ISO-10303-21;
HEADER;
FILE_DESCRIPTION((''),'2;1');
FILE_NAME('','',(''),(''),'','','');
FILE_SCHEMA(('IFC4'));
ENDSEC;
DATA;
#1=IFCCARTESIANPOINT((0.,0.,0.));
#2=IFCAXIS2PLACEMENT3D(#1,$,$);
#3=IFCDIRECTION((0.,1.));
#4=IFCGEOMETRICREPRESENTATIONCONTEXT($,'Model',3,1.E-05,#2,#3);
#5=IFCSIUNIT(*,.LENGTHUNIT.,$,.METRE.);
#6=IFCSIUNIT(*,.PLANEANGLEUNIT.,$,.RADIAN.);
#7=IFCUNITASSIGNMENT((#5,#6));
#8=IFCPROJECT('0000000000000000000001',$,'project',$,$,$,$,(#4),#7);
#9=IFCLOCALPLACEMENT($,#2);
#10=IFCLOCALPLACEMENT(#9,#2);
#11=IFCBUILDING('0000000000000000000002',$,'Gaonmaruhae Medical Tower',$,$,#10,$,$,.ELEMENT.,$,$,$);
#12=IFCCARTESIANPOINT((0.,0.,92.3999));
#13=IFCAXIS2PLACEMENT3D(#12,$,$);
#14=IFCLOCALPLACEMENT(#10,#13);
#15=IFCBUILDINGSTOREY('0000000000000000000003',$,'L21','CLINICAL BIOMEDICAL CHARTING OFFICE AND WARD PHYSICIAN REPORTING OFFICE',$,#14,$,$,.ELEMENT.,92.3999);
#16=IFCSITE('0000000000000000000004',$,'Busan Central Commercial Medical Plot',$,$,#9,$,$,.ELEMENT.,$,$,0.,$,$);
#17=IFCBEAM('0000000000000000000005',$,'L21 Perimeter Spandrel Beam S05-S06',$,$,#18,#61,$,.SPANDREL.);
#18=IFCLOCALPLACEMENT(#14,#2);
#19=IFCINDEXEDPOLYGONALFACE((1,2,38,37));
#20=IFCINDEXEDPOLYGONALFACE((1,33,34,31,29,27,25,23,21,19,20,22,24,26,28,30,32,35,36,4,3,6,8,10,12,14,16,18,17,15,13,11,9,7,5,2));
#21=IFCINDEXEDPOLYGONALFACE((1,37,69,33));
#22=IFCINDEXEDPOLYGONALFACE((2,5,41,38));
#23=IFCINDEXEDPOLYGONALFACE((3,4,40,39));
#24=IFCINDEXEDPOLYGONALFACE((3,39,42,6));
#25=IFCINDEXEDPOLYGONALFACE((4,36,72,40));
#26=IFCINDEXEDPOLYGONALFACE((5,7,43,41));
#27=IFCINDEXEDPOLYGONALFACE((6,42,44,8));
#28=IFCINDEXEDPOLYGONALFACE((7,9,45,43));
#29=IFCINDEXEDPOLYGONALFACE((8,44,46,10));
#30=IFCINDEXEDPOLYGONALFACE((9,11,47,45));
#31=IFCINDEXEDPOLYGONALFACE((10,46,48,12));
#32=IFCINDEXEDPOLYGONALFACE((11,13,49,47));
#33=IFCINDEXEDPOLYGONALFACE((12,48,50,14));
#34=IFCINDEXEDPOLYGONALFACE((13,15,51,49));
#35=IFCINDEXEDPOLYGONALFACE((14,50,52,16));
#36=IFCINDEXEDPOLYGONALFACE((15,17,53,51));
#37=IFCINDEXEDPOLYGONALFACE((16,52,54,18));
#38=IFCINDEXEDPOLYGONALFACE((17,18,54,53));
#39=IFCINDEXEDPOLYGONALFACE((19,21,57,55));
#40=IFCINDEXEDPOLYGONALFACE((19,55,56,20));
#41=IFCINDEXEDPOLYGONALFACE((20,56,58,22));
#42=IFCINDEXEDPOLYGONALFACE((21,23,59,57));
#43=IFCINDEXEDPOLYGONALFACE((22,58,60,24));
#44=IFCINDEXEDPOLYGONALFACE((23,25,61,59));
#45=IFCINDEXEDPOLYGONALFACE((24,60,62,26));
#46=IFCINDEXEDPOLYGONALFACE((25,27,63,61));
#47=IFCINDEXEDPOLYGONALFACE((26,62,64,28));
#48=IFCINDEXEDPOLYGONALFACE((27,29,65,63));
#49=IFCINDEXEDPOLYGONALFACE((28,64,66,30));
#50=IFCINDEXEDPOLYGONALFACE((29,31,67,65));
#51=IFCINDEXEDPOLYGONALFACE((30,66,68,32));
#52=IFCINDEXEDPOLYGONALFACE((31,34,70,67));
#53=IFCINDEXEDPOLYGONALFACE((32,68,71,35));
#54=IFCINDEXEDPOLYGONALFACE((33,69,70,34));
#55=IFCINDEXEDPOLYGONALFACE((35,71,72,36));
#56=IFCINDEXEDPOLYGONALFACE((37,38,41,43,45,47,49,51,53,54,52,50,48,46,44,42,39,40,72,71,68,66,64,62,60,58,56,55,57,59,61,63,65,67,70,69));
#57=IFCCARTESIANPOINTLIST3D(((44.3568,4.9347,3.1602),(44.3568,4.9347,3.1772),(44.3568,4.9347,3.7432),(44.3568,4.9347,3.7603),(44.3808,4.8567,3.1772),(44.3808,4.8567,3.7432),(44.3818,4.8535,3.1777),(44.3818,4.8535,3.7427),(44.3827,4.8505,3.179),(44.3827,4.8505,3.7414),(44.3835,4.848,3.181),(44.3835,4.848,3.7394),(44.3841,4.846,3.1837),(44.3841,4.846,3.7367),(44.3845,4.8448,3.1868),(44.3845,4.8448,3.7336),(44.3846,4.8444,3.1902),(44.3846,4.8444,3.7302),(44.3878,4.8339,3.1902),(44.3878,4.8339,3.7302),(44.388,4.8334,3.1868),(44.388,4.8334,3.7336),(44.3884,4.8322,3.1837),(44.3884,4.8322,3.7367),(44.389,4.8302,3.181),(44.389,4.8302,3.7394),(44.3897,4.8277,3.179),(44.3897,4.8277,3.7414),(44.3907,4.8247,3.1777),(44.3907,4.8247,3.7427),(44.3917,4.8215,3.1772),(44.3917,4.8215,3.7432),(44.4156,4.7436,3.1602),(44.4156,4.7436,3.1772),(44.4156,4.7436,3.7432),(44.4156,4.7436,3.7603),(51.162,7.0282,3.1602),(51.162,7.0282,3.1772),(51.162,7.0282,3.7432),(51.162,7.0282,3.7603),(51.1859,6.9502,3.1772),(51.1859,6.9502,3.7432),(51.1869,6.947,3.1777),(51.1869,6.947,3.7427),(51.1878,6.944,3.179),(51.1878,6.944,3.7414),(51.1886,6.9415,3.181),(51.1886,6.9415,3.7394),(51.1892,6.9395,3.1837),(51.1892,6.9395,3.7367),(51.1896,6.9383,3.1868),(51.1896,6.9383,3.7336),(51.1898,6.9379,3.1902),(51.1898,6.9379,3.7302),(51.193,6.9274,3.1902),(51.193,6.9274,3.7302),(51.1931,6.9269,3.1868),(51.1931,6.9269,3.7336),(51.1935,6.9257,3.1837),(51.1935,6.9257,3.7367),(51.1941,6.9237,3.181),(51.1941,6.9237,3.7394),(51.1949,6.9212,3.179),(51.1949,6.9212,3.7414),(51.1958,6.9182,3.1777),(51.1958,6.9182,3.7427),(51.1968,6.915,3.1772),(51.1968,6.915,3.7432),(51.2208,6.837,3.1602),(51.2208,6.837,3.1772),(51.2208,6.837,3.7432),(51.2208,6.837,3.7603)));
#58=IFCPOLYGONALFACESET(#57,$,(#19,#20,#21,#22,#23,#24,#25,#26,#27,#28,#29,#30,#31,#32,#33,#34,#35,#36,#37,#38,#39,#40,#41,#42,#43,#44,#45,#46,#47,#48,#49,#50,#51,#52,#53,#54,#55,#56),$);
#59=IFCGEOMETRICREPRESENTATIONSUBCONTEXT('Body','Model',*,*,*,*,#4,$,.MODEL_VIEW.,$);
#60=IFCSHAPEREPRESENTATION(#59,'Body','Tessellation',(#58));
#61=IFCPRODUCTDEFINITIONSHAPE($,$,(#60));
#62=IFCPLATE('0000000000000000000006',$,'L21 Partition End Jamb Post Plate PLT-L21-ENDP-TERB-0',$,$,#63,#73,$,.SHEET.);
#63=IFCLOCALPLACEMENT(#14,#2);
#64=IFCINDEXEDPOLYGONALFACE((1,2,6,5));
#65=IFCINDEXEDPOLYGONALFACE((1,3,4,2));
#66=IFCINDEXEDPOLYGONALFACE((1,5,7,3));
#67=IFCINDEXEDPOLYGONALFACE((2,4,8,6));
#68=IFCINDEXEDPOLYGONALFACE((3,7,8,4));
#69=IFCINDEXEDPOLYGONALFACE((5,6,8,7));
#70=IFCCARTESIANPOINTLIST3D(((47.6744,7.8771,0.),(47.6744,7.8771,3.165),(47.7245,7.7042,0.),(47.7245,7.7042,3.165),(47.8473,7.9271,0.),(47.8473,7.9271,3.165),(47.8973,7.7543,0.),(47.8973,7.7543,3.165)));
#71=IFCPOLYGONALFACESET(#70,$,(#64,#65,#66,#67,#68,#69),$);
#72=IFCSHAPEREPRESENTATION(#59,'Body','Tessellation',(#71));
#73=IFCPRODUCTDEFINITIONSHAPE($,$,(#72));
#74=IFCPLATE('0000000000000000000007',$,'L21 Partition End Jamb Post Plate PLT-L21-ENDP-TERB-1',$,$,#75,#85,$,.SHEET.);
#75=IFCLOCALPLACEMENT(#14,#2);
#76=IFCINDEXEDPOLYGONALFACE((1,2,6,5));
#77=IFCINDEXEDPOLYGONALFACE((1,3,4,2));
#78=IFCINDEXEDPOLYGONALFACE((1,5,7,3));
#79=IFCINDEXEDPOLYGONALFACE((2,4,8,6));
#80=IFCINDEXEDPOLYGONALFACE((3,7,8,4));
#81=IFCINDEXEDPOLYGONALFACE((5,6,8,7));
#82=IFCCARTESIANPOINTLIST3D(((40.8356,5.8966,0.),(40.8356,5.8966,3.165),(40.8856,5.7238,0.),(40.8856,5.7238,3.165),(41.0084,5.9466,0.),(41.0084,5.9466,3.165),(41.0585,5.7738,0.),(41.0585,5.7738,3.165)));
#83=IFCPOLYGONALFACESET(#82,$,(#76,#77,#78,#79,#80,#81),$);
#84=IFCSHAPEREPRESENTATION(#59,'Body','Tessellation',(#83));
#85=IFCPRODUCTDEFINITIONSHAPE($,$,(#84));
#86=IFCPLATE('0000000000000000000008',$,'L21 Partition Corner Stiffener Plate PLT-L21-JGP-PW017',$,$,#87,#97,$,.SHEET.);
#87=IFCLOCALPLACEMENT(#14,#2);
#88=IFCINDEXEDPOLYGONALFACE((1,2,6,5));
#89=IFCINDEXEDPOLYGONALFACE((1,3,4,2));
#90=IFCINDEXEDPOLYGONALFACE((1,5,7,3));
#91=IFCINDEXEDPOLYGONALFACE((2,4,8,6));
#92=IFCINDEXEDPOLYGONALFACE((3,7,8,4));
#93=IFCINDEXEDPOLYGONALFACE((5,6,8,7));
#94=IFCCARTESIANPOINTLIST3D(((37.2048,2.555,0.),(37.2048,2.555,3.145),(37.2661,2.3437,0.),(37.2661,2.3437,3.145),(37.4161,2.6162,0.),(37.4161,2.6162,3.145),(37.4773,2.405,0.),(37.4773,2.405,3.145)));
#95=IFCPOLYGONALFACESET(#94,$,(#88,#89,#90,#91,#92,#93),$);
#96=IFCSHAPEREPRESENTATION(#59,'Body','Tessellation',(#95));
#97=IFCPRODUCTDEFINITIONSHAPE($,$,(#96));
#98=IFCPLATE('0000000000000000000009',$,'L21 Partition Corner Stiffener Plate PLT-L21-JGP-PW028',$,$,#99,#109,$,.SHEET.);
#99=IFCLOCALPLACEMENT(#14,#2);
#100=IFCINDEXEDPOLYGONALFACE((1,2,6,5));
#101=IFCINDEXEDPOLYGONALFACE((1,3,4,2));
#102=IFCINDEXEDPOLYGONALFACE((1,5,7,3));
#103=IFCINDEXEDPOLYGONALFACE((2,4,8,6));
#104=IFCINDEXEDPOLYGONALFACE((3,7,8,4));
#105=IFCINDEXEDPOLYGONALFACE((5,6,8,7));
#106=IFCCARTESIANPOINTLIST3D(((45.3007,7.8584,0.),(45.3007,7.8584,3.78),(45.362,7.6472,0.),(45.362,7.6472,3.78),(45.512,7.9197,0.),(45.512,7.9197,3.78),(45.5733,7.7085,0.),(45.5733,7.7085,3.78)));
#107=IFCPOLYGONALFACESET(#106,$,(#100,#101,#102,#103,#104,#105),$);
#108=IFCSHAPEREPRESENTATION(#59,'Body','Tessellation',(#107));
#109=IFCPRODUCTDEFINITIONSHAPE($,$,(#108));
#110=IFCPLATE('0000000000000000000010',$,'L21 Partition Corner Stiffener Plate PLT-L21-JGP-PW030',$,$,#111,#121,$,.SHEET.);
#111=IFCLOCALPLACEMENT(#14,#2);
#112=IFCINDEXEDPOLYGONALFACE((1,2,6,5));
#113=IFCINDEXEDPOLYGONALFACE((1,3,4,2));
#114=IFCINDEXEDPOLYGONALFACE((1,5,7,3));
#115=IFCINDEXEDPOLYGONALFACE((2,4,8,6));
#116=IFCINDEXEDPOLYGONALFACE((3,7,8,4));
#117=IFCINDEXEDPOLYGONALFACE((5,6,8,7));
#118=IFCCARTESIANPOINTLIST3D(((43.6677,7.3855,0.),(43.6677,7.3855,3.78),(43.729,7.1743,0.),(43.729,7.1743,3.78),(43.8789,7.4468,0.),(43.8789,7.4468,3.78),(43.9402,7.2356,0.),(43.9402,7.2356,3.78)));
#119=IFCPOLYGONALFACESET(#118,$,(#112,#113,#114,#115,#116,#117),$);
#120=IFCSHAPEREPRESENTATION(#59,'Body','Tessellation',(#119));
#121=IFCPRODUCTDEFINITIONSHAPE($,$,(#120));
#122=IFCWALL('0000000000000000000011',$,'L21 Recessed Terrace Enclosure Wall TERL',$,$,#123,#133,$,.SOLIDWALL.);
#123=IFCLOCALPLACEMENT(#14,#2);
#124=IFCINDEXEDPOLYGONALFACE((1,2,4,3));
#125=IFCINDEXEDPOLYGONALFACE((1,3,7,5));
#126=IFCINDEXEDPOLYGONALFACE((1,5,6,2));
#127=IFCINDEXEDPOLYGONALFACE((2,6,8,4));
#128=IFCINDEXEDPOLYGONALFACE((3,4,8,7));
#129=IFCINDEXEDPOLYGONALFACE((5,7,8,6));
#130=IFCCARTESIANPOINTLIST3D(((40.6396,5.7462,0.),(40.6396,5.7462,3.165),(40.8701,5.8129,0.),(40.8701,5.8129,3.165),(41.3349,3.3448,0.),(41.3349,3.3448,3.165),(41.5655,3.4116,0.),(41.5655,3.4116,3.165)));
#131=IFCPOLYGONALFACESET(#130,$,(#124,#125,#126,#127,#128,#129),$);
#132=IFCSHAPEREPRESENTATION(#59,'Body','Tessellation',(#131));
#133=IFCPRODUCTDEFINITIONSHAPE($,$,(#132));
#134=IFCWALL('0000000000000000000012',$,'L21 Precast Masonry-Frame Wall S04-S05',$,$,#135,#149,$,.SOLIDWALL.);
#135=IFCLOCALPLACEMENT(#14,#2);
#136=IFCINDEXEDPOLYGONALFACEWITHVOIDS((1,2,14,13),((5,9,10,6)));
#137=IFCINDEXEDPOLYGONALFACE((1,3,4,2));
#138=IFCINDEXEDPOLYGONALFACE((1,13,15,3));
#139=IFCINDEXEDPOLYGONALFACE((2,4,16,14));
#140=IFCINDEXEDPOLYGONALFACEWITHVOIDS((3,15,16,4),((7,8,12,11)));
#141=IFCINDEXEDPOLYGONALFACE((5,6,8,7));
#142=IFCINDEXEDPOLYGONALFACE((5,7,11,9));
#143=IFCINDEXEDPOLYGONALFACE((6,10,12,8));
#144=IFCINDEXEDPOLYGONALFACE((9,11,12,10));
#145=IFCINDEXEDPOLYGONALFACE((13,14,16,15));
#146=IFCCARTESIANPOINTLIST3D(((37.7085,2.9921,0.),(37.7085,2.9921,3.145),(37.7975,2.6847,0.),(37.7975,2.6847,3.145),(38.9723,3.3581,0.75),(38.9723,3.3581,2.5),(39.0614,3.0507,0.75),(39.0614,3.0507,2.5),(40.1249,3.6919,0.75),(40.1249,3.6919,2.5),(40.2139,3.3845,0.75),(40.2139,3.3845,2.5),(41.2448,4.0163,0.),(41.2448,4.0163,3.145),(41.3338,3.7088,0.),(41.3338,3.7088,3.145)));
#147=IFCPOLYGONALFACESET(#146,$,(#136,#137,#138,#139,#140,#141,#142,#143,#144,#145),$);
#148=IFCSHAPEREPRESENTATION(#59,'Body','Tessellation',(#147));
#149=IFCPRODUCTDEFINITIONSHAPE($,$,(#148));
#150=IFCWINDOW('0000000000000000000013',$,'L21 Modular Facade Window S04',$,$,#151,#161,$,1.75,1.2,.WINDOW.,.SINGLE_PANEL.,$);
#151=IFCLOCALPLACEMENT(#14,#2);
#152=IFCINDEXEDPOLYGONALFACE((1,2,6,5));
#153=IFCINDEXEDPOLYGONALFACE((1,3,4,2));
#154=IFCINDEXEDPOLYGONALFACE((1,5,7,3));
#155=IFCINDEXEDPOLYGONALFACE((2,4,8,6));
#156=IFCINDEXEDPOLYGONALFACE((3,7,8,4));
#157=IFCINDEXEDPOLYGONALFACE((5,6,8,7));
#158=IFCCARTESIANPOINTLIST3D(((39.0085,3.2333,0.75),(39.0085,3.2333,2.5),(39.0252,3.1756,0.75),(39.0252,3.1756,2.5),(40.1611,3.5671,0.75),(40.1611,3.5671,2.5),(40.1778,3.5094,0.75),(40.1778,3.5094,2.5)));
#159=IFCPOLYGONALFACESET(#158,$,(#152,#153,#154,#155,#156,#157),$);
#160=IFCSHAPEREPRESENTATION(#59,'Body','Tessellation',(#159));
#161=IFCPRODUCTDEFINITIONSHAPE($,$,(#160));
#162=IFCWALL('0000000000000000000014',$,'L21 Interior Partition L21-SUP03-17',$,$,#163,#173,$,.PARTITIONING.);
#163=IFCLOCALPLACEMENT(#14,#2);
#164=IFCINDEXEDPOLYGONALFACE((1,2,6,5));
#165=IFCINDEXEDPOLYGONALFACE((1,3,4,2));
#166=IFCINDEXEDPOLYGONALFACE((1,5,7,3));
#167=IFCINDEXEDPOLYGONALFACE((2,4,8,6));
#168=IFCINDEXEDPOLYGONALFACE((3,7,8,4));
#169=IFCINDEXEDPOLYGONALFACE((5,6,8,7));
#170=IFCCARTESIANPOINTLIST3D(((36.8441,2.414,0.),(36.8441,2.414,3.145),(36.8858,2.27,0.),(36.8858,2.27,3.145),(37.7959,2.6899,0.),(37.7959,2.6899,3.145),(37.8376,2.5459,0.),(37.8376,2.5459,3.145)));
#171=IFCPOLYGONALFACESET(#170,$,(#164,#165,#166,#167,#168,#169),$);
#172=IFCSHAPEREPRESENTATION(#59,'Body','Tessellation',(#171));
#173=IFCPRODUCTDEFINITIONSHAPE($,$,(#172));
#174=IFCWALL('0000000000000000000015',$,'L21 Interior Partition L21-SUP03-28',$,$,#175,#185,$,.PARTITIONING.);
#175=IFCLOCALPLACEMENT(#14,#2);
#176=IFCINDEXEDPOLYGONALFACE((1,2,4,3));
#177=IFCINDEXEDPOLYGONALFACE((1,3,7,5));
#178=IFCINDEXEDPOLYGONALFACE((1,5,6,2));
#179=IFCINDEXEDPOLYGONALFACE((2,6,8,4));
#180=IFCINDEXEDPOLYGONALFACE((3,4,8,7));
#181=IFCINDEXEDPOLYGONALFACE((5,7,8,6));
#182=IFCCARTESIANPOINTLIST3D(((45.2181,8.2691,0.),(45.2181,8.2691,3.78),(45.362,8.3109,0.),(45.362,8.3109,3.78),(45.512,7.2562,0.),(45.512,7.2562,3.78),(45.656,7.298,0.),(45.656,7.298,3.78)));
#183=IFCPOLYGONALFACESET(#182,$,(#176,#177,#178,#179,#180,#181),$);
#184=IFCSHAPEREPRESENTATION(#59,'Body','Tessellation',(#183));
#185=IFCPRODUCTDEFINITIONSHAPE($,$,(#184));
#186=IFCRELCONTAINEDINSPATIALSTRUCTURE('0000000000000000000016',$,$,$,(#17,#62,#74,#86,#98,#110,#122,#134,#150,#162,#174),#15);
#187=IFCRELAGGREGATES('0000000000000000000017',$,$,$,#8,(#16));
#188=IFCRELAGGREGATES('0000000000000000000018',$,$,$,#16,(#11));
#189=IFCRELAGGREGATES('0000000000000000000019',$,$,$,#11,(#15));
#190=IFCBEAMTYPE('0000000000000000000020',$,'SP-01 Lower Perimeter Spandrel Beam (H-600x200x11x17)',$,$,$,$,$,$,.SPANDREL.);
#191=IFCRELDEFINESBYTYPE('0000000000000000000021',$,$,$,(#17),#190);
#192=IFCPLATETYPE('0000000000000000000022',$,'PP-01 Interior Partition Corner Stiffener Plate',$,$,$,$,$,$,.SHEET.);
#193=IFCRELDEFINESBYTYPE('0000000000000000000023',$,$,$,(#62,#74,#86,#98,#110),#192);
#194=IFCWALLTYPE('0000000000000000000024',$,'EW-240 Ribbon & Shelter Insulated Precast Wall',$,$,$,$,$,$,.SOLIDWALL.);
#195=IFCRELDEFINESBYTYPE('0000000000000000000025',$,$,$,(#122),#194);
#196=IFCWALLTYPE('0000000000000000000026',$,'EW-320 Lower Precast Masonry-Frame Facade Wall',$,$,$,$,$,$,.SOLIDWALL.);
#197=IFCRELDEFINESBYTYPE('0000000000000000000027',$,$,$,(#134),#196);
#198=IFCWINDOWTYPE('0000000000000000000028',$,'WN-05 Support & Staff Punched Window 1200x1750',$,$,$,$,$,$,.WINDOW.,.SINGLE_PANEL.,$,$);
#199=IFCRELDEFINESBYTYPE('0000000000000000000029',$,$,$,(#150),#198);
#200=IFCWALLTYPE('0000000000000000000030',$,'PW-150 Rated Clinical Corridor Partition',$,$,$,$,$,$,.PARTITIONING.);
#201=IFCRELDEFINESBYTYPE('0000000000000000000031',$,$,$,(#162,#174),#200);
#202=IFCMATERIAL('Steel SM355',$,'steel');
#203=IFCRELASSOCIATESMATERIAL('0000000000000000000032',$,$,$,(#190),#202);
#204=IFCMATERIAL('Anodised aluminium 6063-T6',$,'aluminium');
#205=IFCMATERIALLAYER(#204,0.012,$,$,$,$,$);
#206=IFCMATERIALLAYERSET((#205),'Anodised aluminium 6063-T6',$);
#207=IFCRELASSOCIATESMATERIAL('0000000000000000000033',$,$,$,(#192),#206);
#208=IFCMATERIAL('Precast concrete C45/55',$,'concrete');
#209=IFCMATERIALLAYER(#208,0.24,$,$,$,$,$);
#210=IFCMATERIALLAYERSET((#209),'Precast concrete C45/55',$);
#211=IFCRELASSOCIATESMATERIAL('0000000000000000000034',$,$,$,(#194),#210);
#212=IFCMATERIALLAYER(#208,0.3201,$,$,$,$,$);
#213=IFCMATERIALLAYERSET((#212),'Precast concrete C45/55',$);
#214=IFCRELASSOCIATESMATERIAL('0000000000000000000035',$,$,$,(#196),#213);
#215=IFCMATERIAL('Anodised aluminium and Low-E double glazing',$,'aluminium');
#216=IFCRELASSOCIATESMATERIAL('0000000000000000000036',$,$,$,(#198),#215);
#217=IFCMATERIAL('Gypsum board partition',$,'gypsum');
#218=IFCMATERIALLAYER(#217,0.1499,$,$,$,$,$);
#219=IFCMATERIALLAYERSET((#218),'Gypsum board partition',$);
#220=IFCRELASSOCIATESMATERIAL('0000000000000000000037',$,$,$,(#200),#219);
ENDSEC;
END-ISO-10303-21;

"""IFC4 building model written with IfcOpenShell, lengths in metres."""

from ifc_helpers import new_model, si_unit, direction, frame, frame_2d, origin, origin_2d, place, context, subcontext, project, spatial, rectangle, i_section, extrude, material, layer, layer_set, material_profile, profile_set, type_object, element, fill, save


model = new_model("IFC4")

# Units and contexts
model_context = context("Model", 3, precision=1e-05, world=origin(), true_north=direction((0.0, 1.0)))
body_context = subcontext(model_context, "Body", "Model", "MODEL_VIEW")
ifc_project = project(units=[si_unit("LENGTHUNIT", "METRE"), si_unit("PLANEANGLEUNIT", "RADIAN")], contexts=[model_context])

# Site, building, storey
site_placement = place(None, origin())
site = spatial("IfcSite", under=ifc_project, at=site_placement, Name="Busan Central Commercial Medical Plot", CompositionType="ELEMENT", RefElevation=0.0)
building_placement = place(site_placement, origin())
building = spatial("IfcBuilding", under=site, at=building_placement, Name="Gaonmaruhae Medical Tower", CompositionType="ELEMENT")
storey_placement = place(building_placement, frame((0.0, 0.0, 92.3999)))
storey = spatial("IfcBuildingStorey", under=building, at=storey_placement, Name="L21", Description="CLINICAL BIOMEDICAL CHARTING OFFICE AND WARD PHYSICIAN REPORTING OFFICE", CompositionType="ELEMENT", Elevation=92.3999)

# Beam
ifc_material_1 = material(Name="Steel SM355", Category="steel")
ifc_material_profile_1 = material_profile(ifc_material_1, i_section(OverallWidth=0.2, OverallDepth=0.6001, WebThickness=0.011, FlangeThickness=0.0171, FilletRadius=0.0129, at=origin_2d()), Name="H-600x200x11x17")
ifc_profile_set_1 = profile_set([ifc_material_profile_1], Name="Steel SM355")
beam_type_1 = type_object("IfcBeamType", Name="SP-01 Lower Perimeter Spandrel Beam (H-600x200x11x17)", PredefinedType="SPANDREL", material=ifc_profile_set_1)
for number, where, z_axis, x_axis, name in (
    (1, (44.3862, 4.8391, 3.4602), (0.955795, 0.294035, 0.0), (-0.294035, 0.955795, 0.0), "L21 Perimeter Spandrel Beam S05-S06"),
):
    element("IfcBeam", number, at=place(storey_placement, frame(where, z_axis=z_axis, x_axis=x_axis)), inside=storey, type_object=beam_type_1, Name=name, PredefinedType="SPANDREL", context=body_context, shape_type="SweptSolid", body=[
        extrude(i_section(OverallWidth=0.2, OverallDepth=0.6001, WebThickness=0.011, FlangeThickness=0.0171, FilletRadius=0.0129, at=origin_2d()), origin(), (0.0, 0.0, 1.0), 7.1199),
    ])

# Plates
ifc_material_2 = material(Name="Anodised aluminium 6063-T6", Category="aluminium")
ifc_layer_1 = layer(ifc_material_2, 0.012)
ifc_layer_set_1 = layer_set([ifc_layer_1], Name="Anodised aluminium 6063-T6")
plate_type = type_object("IfcPlateType", Name="PP-01 Interior Partition Corner Stiffener Plate", PredefinedType="SHEET", material=ifc_layer_set_1)
for number, where, z_axis, x_axis, name in (
    (2, (47.7859, 7.8157, 0.0), (0.0, 0.0, 1.0), (-0.960532, -0.27817, 0.0), "L21 Partition End Jamb Post Plate PLT-L21-ENDP-TERB-0"),
    (3, (40.947, 5.8352, 0.0), (0.0, 0.0, 1.0), (-0.960532, -0.27817, 0.0), "L21 Partition End Jamb Post Plate PLT-L21-ENDP-TERB-1"),
):
    element("IfcPlate", number, at=place(storey_placement, frame(where, z_axis=z_axis, x_axis=x_axis)), inside=storey, type_object=plate_type, Name=name, PredefinedType="SHEET", context=body_context, shape_type="SweptSolid", body=[
        extrude(rectangle(XDim=0.1799, YDim=0.1799, at=origin_2d()), origin(), (0.0, 0.0, 1.0), 3.165),
    ])
plate_placement = place(storey_placement, frame((37.3411, 2.48, 0.0), z_axis=(0.0, 0.0, 1.0), x_axis=(-0.960449, -0.278455, 0.0)))
element("IfcPlate", 4, at=plate_placement, inside=storey, type_object=plate_type, Name="L21 Partition Corner Stiffener Plate PLT-L21-JGP-PW017", PredefinedType="SHEET", context=body_context, shape_type="SweptSolid", body=[
    extrude(rectangle(XDim=0.22, YDim=0.22, at=origin_2d()), origin(), (0.0, 0.0, 1.0), 3.145),
])
for number, where, z_axis, x_axis, name in (
    (5, (45.437, 7.7834, 0.0), (0.0, 0.0, 1.0), (-0.278723, 0.960372, 0.0), "L21 Partition Corner Stiffener Plate PLT-L21-JGP-PW028"),
    (6, (43.804, 7.3105, 0.0), (0.0, 0.0, 1.0), (0.278723, -0.960372, 0.0), "L21 Partition Corner Stiffener Plate PLT-L21-JGP-PW030"),
):
    element("IfcPlate", number, at=place(storey_placement, frame(where, z_axis=z_axis, x_axis=x_axis)), inside=storey, type_object=plate_type, Name=name, PredefinedType="SHEET", context=body_context, shape_type="SweptSolid", body=[
        extrude(rectangle(XDim=0.22, YDim=0.22, at=origin_2d()), origin(), (0.0, 0.0, 1.0), 3.78),
    ])

# Shared definitions
ifc_material_3 = material(Name="Precast concrete C45/55", Category="concrete")
ifc_layer_2 = layer(ifc_material_3, 0.24)
ifc_layer_set_2 = layer_set([ifc_layer_2], Name="Precast concrete C45/55")
wall_type_1 = type_object("IfcWallType", Name="EW-240 Ribbon & Shelter Insulated Precast Wall", PredefinedType="SOLIDWALL", material=ifc_layer_set_2)

# Wall
wall_1_placement = place(storey_placement, frame((40.7549, 5.7795, 0.0), z_axis=(0.0, 0.0, 1.0), x_axis=(0.278124, -0.960545, 0.0)))
element("IfcWall", 7, at=wall_1_placement, inside=storey, type_object=wall_type_1, Name="L21 Recessed Terrace Enclosure Wall TERL", PredefinedType="SOLIDWALL", context=body_context, shape_type="SweptSolid", body=[
    extrude(rectangle(XDim=2.5, YDim=0.24, at=frame_2d((1.25, 0.0))), origin(), (0.0, 0.0, 1.0), 3.165),
])

# Wall, opening, window
ifc_layer_3 = layer(ifc_material_3, 0.3201)
ifc_layer_set_3 = layer_set([ifc_layer_3], Name="Precast concrete C45/55")
wall_type_2 = type_object("IfcWallType", Name="EW-320 Lower Precast Masonry-Frame Facade Wall", PredefinedType="SOLIDWALL", material=ifc_layer_set_3)
wall_2_placement = place(storey_placement, frame((41.2893, 3.8625, 0.0), z_axis=(0.0, 0.0, 1.0), x_axis=(-0.960529, -0.278179, 0.0)))
wall_2 = element("IfcWall", 8, at=wall_2_placement, inside=storey, type_object=wall_type_2, Name="L21 Precast Masonry-Frame Wall S04-S05", PredefinedType="SOLIDWALL", context=body_context, shape_type="SweptSolid", body=[
    extrude(rectangle(XDim=3.6816, YDim=0.3201, at=frame_2d((1.8408, 0.0))), origin(), (0.0, 0.0, 1.0), 3.145),
])
opening_1_placement = place(wall_2_placement, frame((1.1658, 0.0, 0.75)))
opening_1 = element("IfcOpeningElement", 9, at=opening_1_placement, cuts=wall_2, PredefinedType="OPENING", context=body_context, shape_type="SweptSolid", body=[
    extrude(rectangle(XDim=1.2, YDim=1.75, at=frame_2d((0.6001, 0.875))), frame((0.0, 0.1699, 0.0), z_axis=(0.0, -1.0, 0.0), x_axis=(1.0, 0.0, 0.0)), (0.0, 0.0, 1.0), 0.3401),
])
ifc_material_4 = material(Name="Anodised aluminium and Low-E double glazing", Category="aluminium")
window_type = type_object("IfcWindowType", Name="WN-05 Support & Staff Punched Window 1200x1750", PartitioningType="SINGLE_PANEL", PredefinedType="WINDOW", material=ifc_material_4)
window_placement = place(opening_1_placement, origin())
window = element("IfcWindow", 10, at=window_placement, inside=storey, type_object=window_type, Name="L21 Modular Facade Window S04", OverallHeight=1.75, OverallWidth=1.2, PartitioningType="SINGLE_PANEL", PredefinedType="WINDOW", context=body_context, shape_type="SweptSolid", body=[
    extrude(rectangle(XDim=1.2, YDim=1.75, at=frame_2d((0.6001, 0.875))), frame((0.0, 0.03, 0.0), z_axis=(0.0, -1.0, 0.0), x_axis=(1.0, 0.0, 0.0)), (0.0, 0.0, 1.0), 0.0601),
])
fill(opening_1, window)

# Walls
ifc_material_5 = material(Name="Gypsum board partition", Category="gypsum")
ifc_layer_4 = layer(ifc_material_5, 0.1499)
ifc_layer_set_4 = layer_set([ifc_layer_4], Name="Gypsum board partition")
wall_type_3 = type_object("IfcWallType", Name="PW-150 Rated Clinical Corridor Partition", PredefinedType="PARTITIONING", material=ifc_layer_set_4)
wall_3_placement = place(storey_placement, frame((37.8169, 2.6179, 0.0), z_axis=(0.0, 0.0, 1.0), x_axis=(-0.960476, -0.278363, 0.0)))
element("IfcWall", 11, at=wall_3_placement, inside=storey, type_object=wall_type_3, Name="L21 Interior Partition L21-SUP03-17", PredefinedType="PARTITIONING", context=body_context, shape_type="SweptSolid", body=[
    extrude(rectangle(XDim=0.991, YDim=0.1499, at=frame_2d((0.4956, 0.0))), origin(), (0.0, 0.0, 1.0), 3.145),
])
wall_4_placement = place(storey_placement, frame((45.584, 7.2771, 0.0), z_axis=(0.0, 0.0, 1.0), x_axis=(-0.278693, 0.96038, 0.0)))
element("IfcWall", 12, at=wall_4_placement, inside=storey, type_object=wall_type_3, Name="L21 Interior Partition L21-SUP03-28", PredefinedType="PARTITIONING", context=body_context, shape_type="SweptSolid", body=[
    extrude(rectangle(XDim=1.0547, YDim=0.1499, at=frame_2d((0.5273, 0.0))), origin(), (0.0, 0.0, 1.0), 3.78),
])

save(model, "model.ifc")
